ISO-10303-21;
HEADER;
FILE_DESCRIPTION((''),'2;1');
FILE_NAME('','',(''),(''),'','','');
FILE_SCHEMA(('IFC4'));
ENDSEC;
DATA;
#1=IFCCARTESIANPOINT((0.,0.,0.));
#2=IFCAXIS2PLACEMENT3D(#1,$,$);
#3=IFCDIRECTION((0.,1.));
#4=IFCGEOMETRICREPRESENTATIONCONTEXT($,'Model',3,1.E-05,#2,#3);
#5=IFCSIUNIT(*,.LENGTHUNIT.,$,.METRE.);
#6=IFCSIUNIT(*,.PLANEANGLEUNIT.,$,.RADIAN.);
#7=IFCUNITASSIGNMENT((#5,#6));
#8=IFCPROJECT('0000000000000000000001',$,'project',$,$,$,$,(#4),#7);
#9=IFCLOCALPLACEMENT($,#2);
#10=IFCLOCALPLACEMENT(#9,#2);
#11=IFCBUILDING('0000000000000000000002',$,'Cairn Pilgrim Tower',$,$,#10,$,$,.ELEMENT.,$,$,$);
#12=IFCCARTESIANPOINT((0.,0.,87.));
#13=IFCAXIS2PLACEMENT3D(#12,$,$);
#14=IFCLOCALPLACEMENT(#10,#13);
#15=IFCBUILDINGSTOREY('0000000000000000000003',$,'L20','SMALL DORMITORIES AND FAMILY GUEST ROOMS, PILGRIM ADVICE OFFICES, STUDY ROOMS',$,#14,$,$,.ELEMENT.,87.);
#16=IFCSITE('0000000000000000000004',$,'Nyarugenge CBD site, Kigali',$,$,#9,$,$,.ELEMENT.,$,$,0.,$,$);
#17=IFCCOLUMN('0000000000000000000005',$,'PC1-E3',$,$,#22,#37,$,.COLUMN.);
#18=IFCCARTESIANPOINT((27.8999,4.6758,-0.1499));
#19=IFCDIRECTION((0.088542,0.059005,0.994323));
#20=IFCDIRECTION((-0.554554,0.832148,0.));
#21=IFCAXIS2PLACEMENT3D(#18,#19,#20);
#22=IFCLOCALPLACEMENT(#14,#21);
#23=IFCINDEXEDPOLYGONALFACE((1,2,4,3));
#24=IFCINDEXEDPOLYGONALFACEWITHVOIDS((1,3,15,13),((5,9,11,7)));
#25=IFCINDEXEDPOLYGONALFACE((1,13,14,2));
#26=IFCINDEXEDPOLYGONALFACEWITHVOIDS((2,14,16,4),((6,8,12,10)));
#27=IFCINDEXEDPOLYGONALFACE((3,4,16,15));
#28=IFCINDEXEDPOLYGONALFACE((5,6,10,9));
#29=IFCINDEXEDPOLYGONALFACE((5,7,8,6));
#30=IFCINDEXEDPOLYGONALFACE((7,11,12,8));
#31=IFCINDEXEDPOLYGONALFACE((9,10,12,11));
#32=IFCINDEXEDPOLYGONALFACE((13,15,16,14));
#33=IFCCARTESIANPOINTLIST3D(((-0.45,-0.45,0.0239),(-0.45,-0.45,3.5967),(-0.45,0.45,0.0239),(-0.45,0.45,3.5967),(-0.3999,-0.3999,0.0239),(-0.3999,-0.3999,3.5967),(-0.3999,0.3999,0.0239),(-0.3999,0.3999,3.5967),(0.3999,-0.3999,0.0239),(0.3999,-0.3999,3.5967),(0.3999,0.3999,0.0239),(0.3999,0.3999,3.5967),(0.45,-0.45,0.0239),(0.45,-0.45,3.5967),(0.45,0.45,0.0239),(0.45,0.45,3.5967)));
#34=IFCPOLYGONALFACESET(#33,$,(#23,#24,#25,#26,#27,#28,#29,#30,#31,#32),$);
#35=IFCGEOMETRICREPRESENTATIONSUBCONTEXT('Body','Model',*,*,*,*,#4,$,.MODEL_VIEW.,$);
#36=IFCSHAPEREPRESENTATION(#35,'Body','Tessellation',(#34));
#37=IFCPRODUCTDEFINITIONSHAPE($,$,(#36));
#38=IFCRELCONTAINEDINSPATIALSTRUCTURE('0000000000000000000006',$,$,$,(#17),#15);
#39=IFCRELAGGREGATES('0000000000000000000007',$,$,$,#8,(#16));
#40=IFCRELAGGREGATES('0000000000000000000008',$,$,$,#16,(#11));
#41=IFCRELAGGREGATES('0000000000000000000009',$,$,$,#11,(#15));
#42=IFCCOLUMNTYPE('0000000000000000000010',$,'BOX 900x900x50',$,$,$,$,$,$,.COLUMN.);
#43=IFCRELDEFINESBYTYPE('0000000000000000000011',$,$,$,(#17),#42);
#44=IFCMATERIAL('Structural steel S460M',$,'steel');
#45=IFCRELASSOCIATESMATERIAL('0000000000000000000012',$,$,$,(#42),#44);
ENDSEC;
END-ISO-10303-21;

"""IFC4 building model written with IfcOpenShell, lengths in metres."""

from ifc_helpers import new_model, si_unit, direction, frame, origin, origin_2d, place, context, subcontext, project, spatial, hollow_rectangle, extrude, clip, halfspace, material, material_profile, profile_set, type_object, element, save


model = new_model("IFC4")

# Units and contexts
model_context = context("Model", 3, precision=1e-05, world=origin(), true_north=direction((0.0, 1.0)))
body_context = subcontext(model_context, "Body", "Model", "MODEL_VIEW")
ifc_project = project(units=[si_unit("LENGTHUNIT", "METRE"), si_unit("PLANEANGLEUNIT", "RADIAN")], contexts=[model_context])

# Site, building, storey
site_placement = place(None, origin())
site = spatial("IfcSite", under=ifc_project, at=site_placement, Name="Nyarugenge CBD site, Kigali", CompositionType="ELEMENT", RefElevation=0.0)
building_placement = place(site_placement, origin())
building = spatial("IfcBuilding", under=site, at=building_placement, Name="Cairn Pilgrim Tower", CompositionType="ELEMENT")
storey_placement = place(building_placement, frame((0.0, 0.0, 87.0)))
storey = spatial("IfcBuildingStorey", under=building, at=storey_placement, Name="L20", Description="SMALL DORMITORIES AND FAMILY GUEST ROOMS, PILGRIM ADVICE OFFICES, STUDY ROOMS", CompositionType="ELEMENT", Elevation=87.0)

# Column
ifc_material_1 = material(Name="Structural steel S460M", Category="steel")
ifc_material_profile_1 = material_profile(ifc_material_1, hollow_rectangle(XDim=0.8999, YDim=0.8999, WallThickness=0.05, at=origin_2d()), Name="BOX 900x900x50")
ifc_profile_set_1 = profile_set([ifc_material_profile_1], Name="Structural steel S460M")
column_type_1 = type_object("IfcColumnType", Name="BOX 900x900x50", PredefinedType="COLUMN", material=ifc_profile_set_1)
column_1_placement = place(storey_placement, frame((27.8999, 4.6758, -0.1499), z_axis=(0.088542, 0.059005, 0.994323), x_axis=(-0.554554, 0.832148, 0.0)))
element("IfcColumn", 1, at=column_1_placement, inside=storey, type_object=column_type_1, Name="PC1-E3", PredefinedType="COLUMN", context=body_context, shape_type="Clipping", body=[
    clip(clip(extrude(hollow_rectangle(XDim=0.8999, YDim=0.8999, WallThickness=0.05, at=origin_2d()), origin(), (0.0, 0.0, 1.0), 3.6204), halfspace(frame((0.0, 0.0, 0.0239), z_axis=(0.0, 0.0, 1.0), x_axis=(1.0, 0.0, 0.0)), True)), halfspace(frame((0.0, 0.0, 3.5967), z_axis=(0.0, 0.0, 1.0), x_axis=(1.0, 0.0, 0.0)), False)),
])

save(model, "model.ifc")
